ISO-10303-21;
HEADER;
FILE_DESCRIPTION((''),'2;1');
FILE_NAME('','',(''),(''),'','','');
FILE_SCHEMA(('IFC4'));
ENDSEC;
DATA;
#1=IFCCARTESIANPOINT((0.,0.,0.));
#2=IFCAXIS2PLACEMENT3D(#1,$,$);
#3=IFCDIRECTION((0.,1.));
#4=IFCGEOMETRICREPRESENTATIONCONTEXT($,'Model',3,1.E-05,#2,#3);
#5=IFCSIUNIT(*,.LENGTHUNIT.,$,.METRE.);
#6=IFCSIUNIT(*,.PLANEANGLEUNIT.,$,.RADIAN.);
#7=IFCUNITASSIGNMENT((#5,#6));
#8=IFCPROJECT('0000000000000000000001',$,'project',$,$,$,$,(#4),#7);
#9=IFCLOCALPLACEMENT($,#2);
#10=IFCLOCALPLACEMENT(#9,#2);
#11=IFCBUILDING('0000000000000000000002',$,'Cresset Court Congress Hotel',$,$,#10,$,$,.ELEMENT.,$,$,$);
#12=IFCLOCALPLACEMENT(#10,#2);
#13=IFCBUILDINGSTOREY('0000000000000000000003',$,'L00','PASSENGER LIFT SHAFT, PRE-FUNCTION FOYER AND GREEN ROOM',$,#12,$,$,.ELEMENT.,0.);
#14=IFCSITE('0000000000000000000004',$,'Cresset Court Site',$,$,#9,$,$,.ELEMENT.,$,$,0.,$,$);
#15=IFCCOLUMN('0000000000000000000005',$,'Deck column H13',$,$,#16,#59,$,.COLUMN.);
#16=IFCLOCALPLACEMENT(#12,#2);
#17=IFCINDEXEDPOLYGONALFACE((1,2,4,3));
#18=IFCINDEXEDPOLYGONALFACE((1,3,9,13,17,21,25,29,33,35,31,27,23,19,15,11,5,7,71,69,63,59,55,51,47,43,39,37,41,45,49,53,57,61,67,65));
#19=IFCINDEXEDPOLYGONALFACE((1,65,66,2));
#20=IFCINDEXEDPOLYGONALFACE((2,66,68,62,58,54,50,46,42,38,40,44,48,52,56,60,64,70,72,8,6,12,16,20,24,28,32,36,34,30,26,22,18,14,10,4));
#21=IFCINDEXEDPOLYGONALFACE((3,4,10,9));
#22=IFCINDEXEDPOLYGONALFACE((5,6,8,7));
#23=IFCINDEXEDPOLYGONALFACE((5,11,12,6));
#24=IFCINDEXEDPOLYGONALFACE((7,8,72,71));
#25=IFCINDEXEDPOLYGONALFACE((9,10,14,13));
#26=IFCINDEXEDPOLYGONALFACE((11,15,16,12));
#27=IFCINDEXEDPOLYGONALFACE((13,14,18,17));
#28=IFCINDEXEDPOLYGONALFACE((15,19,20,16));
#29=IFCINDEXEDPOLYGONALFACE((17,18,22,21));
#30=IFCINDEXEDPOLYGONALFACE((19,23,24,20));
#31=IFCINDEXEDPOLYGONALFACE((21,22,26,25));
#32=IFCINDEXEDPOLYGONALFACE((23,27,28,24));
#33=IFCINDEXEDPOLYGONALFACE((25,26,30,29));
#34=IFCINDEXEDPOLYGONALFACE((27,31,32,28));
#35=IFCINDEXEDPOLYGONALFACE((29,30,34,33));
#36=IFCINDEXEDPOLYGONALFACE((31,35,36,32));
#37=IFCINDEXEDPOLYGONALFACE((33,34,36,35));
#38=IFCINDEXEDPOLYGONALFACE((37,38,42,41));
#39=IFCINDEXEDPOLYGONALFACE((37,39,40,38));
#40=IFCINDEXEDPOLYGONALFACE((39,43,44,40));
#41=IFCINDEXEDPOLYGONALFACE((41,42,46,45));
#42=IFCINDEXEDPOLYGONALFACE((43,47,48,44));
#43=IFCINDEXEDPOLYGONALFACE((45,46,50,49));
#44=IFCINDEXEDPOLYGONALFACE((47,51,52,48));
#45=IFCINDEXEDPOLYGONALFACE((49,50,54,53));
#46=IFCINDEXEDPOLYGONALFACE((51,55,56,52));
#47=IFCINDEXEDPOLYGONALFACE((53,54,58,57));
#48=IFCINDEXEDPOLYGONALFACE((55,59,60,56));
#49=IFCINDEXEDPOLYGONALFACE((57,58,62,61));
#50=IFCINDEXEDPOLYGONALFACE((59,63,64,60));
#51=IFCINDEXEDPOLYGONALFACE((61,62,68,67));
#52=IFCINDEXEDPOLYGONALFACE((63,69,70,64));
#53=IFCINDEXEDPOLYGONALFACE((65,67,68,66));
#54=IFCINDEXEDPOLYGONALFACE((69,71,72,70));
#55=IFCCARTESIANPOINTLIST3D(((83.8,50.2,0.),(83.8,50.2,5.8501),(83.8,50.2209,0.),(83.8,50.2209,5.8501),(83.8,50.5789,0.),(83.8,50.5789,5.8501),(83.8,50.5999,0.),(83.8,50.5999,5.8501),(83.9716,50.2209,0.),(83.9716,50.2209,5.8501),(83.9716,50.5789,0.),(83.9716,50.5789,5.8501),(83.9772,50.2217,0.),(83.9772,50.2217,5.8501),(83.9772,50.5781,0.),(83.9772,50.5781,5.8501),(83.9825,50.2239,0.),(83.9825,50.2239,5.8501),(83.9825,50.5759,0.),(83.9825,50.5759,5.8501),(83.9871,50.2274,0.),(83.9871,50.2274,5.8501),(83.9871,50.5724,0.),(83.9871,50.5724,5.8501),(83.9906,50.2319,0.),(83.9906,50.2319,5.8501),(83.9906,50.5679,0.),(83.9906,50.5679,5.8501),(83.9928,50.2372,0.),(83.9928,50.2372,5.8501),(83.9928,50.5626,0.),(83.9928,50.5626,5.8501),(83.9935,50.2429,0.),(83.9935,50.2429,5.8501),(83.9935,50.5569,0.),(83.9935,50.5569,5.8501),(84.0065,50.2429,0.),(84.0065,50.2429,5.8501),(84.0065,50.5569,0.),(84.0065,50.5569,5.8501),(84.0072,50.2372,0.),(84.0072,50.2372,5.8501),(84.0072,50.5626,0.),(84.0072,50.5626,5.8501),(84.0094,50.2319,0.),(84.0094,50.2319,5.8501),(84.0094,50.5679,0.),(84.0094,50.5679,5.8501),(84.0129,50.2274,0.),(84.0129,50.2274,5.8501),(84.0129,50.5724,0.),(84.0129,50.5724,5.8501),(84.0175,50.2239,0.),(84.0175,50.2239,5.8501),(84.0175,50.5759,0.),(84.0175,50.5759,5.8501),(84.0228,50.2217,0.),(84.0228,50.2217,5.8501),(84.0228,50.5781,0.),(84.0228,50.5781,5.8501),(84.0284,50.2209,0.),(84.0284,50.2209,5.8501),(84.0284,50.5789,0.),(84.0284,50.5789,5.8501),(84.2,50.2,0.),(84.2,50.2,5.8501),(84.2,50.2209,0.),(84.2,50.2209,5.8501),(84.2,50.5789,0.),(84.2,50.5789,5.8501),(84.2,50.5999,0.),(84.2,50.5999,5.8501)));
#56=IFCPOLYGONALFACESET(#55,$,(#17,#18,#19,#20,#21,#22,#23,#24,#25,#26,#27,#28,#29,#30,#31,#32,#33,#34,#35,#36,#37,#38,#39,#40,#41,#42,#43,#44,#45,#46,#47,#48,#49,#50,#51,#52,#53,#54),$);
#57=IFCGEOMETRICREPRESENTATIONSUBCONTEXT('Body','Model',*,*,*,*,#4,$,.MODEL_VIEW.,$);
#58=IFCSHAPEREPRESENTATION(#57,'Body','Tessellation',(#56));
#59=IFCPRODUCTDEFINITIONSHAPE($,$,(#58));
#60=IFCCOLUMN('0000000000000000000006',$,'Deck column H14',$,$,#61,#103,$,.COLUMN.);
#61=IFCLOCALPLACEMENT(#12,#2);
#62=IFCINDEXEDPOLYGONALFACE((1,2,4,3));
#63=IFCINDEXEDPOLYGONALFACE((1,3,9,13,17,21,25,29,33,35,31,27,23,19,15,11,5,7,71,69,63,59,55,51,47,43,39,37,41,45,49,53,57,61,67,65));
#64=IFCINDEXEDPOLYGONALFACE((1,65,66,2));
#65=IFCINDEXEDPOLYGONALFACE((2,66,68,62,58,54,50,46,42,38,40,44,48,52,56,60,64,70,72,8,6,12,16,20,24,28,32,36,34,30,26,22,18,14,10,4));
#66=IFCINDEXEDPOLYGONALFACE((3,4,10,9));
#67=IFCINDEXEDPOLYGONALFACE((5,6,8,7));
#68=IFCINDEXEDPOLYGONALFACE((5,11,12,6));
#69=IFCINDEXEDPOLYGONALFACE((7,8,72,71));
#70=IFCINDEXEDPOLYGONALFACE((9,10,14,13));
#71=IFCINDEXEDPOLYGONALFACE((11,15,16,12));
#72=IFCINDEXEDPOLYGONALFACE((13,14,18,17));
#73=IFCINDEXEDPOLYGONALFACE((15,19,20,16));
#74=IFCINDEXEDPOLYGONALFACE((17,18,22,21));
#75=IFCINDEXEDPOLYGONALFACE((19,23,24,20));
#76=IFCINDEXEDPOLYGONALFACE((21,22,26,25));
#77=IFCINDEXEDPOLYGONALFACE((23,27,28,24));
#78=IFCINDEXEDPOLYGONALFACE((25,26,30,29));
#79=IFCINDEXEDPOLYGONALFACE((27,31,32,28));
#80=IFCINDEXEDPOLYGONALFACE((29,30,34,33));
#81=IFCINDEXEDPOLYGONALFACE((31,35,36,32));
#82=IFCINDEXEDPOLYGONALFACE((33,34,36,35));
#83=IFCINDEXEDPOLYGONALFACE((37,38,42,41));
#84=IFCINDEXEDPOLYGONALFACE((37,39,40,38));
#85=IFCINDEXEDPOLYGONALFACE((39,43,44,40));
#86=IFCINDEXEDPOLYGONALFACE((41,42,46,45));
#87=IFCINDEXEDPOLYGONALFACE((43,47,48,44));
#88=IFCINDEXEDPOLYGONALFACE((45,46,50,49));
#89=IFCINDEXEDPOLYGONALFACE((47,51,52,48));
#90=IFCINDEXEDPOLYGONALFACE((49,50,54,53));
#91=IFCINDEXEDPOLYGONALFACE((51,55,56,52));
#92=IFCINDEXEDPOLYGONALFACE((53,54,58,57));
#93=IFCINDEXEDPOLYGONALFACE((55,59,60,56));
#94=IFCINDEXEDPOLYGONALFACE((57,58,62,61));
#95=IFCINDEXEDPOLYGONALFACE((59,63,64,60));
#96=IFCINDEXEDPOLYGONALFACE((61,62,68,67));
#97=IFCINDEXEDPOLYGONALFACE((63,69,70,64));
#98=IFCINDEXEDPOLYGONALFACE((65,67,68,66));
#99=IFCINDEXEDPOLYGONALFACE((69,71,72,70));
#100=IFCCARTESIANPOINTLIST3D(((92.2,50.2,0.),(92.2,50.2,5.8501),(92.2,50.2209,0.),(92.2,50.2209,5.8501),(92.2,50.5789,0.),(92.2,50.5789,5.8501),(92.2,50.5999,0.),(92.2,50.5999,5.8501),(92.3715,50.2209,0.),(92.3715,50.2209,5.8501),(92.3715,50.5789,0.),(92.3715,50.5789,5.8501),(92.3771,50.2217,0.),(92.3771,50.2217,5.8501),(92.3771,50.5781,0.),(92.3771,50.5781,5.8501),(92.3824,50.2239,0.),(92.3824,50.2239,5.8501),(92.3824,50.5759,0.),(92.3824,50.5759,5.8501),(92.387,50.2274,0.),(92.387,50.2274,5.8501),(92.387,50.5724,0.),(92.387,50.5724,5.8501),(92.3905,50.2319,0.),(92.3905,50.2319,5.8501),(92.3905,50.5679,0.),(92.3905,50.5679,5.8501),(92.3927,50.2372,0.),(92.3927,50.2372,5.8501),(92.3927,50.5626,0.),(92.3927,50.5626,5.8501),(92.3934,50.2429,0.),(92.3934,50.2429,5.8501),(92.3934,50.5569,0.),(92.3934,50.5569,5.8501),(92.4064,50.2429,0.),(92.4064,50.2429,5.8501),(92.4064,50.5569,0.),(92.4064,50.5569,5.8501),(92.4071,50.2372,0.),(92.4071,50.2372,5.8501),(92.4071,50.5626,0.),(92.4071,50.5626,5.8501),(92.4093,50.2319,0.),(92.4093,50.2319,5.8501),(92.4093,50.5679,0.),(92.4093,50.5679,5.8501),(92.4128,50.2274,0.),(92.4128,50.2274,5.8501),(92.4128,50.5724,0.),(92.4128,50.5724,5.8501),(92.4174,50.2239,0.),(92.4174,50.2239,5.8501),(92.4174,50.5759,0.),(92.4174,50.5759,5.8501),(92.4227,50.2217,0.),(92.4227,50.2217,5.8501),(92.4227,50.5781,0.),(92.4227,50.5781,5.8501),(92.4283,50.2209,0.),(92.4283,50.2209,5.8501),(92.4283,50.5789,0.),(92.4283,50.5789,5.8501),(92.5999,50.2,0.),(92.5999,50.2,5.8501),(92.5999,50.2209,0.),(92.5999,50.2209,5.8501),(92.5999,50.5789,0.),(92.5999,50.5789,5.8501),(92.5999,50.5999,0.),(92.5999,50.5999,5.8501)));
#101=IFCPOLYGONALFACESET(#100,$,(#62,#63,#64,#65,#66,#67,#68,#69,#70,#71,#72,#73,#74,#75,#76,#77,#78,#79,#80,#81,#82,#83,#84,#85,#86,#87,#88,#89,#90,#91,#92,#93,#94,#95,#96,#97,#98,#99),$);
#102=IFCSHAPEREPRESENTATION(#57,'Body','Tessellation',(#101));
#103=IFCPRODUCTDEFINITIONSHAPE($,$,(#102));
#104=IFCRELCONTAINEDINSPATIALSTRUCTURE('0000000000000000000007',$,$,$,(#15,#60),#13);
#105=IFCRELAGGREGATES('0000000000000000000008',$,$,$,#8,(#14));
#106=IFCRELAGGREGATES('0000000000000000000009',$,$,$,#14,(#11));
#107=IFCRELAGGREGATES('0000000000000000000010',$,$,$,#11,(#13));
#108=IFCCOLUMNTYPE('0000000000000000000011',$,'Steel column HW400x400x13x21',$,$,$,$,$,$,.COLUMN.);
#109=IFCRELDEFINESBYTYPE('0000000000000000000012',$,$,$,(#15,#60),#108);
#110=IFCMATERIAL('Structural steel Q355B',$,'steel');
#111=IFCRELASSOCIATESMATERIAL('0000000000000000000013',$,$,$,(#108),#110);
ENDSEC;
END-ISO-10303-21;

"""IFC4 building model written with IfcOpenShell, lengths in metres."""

from ifc_helpers import new_model, si_unit, direction, frame, origin, origin_2d, place, context, subcontext, project, spatial, i_section, extrude, material, material_profile, profile_set, type_object, element, save


model = new_model("IFC4")

# Units and contexts
model_context = context("Model", 3, precision=1e-05, world=origin(), true_north=direction((0.0, 1.0)))
body_context = subcontext(model_context, "Body", "Model", "MODEL_VIEW")
ifc_project = project(units=[si_unit("LENGTHUNIT", "METRE"), si_unit("PLANEANGLEUNIT", "RADIAN")], contexts=[model_context])

# Site, building, storey
site_placement = place(None, origin())
site = spatial("IfcSite", under=ifc_project, at=site_placement, Name="Cresset Court Site", CompositionType="ELEMENT", RefElevation=0.0)
building_placement = place(site_placement, origin())
building = spatial("IfcBuilding", under=site, at=building_placement, Name="Cresset Court Congress Hotel", CompositionType="ELEMENT")
storey_placement = place(building_placement, origin())
storey = spatial("IfcBuildingStorey", under=building, at=storey_placement, Name="L00", Description="PASSENGER LIFT SHAFT, PRE-FUNCTION FOYER AND GREEN ROOM", CompositionType="ELEMENT", Elevation=0.0)

# Columns
ifc_material_1 = material(Name="Structural steel Q355B", Category="steel")
ifc_material_profile_1 = material_profile(ifc_material_1, i_section(OverallWidth=0.3999, OverallDepth=0.3999, WebThickness=0.0129, FlangeThickness=0.021, FilletRadius=0.022, at=origin_2d()), Name="HW400x400x13x21")
ifc_profile_set_1 = profile_set([ifc_material_profile_1], Name="Structural steel Q355B")
column_type_1 = type_object("IfcColumnType", Name="Steel column HW400x400x13x21", PredefinedType="COLUMN", material=ifc_profile_set_1)
for number, where, z_axis, x_axis, name in (
    (1, (84.0, 50.3999, 0.0), (0.0, 0.0, 1.0), (1.0, 0.0, 0.0), "Deck column H13"),
    (2, (92.3999, 50.3999, 0.0), (0.0, 0.0, 1.0), (1.0, 0.0, 0.0), "Deck column H14"),
):
    element("IfcColumn", number, at=place(storey_placement, frame(where, z_axis=z_axis, x_axis=x_axis)), inside=storey, type_object=column_type_1, Name=name, PredefinedType="COLUMN", context=body_context, shape_type="SweptSolid", body=[
        extrude(i_section(OverallWidth=0.3999, OverallDepth=0.3999, WebThickness=0.0129, FlangeThickness=0.021, FilletRadius=0.022, at=origin_2d()), origin(), (0.0, 0.0, 1.0), 5.8501),
    ])

save(model, "model.ifc")
